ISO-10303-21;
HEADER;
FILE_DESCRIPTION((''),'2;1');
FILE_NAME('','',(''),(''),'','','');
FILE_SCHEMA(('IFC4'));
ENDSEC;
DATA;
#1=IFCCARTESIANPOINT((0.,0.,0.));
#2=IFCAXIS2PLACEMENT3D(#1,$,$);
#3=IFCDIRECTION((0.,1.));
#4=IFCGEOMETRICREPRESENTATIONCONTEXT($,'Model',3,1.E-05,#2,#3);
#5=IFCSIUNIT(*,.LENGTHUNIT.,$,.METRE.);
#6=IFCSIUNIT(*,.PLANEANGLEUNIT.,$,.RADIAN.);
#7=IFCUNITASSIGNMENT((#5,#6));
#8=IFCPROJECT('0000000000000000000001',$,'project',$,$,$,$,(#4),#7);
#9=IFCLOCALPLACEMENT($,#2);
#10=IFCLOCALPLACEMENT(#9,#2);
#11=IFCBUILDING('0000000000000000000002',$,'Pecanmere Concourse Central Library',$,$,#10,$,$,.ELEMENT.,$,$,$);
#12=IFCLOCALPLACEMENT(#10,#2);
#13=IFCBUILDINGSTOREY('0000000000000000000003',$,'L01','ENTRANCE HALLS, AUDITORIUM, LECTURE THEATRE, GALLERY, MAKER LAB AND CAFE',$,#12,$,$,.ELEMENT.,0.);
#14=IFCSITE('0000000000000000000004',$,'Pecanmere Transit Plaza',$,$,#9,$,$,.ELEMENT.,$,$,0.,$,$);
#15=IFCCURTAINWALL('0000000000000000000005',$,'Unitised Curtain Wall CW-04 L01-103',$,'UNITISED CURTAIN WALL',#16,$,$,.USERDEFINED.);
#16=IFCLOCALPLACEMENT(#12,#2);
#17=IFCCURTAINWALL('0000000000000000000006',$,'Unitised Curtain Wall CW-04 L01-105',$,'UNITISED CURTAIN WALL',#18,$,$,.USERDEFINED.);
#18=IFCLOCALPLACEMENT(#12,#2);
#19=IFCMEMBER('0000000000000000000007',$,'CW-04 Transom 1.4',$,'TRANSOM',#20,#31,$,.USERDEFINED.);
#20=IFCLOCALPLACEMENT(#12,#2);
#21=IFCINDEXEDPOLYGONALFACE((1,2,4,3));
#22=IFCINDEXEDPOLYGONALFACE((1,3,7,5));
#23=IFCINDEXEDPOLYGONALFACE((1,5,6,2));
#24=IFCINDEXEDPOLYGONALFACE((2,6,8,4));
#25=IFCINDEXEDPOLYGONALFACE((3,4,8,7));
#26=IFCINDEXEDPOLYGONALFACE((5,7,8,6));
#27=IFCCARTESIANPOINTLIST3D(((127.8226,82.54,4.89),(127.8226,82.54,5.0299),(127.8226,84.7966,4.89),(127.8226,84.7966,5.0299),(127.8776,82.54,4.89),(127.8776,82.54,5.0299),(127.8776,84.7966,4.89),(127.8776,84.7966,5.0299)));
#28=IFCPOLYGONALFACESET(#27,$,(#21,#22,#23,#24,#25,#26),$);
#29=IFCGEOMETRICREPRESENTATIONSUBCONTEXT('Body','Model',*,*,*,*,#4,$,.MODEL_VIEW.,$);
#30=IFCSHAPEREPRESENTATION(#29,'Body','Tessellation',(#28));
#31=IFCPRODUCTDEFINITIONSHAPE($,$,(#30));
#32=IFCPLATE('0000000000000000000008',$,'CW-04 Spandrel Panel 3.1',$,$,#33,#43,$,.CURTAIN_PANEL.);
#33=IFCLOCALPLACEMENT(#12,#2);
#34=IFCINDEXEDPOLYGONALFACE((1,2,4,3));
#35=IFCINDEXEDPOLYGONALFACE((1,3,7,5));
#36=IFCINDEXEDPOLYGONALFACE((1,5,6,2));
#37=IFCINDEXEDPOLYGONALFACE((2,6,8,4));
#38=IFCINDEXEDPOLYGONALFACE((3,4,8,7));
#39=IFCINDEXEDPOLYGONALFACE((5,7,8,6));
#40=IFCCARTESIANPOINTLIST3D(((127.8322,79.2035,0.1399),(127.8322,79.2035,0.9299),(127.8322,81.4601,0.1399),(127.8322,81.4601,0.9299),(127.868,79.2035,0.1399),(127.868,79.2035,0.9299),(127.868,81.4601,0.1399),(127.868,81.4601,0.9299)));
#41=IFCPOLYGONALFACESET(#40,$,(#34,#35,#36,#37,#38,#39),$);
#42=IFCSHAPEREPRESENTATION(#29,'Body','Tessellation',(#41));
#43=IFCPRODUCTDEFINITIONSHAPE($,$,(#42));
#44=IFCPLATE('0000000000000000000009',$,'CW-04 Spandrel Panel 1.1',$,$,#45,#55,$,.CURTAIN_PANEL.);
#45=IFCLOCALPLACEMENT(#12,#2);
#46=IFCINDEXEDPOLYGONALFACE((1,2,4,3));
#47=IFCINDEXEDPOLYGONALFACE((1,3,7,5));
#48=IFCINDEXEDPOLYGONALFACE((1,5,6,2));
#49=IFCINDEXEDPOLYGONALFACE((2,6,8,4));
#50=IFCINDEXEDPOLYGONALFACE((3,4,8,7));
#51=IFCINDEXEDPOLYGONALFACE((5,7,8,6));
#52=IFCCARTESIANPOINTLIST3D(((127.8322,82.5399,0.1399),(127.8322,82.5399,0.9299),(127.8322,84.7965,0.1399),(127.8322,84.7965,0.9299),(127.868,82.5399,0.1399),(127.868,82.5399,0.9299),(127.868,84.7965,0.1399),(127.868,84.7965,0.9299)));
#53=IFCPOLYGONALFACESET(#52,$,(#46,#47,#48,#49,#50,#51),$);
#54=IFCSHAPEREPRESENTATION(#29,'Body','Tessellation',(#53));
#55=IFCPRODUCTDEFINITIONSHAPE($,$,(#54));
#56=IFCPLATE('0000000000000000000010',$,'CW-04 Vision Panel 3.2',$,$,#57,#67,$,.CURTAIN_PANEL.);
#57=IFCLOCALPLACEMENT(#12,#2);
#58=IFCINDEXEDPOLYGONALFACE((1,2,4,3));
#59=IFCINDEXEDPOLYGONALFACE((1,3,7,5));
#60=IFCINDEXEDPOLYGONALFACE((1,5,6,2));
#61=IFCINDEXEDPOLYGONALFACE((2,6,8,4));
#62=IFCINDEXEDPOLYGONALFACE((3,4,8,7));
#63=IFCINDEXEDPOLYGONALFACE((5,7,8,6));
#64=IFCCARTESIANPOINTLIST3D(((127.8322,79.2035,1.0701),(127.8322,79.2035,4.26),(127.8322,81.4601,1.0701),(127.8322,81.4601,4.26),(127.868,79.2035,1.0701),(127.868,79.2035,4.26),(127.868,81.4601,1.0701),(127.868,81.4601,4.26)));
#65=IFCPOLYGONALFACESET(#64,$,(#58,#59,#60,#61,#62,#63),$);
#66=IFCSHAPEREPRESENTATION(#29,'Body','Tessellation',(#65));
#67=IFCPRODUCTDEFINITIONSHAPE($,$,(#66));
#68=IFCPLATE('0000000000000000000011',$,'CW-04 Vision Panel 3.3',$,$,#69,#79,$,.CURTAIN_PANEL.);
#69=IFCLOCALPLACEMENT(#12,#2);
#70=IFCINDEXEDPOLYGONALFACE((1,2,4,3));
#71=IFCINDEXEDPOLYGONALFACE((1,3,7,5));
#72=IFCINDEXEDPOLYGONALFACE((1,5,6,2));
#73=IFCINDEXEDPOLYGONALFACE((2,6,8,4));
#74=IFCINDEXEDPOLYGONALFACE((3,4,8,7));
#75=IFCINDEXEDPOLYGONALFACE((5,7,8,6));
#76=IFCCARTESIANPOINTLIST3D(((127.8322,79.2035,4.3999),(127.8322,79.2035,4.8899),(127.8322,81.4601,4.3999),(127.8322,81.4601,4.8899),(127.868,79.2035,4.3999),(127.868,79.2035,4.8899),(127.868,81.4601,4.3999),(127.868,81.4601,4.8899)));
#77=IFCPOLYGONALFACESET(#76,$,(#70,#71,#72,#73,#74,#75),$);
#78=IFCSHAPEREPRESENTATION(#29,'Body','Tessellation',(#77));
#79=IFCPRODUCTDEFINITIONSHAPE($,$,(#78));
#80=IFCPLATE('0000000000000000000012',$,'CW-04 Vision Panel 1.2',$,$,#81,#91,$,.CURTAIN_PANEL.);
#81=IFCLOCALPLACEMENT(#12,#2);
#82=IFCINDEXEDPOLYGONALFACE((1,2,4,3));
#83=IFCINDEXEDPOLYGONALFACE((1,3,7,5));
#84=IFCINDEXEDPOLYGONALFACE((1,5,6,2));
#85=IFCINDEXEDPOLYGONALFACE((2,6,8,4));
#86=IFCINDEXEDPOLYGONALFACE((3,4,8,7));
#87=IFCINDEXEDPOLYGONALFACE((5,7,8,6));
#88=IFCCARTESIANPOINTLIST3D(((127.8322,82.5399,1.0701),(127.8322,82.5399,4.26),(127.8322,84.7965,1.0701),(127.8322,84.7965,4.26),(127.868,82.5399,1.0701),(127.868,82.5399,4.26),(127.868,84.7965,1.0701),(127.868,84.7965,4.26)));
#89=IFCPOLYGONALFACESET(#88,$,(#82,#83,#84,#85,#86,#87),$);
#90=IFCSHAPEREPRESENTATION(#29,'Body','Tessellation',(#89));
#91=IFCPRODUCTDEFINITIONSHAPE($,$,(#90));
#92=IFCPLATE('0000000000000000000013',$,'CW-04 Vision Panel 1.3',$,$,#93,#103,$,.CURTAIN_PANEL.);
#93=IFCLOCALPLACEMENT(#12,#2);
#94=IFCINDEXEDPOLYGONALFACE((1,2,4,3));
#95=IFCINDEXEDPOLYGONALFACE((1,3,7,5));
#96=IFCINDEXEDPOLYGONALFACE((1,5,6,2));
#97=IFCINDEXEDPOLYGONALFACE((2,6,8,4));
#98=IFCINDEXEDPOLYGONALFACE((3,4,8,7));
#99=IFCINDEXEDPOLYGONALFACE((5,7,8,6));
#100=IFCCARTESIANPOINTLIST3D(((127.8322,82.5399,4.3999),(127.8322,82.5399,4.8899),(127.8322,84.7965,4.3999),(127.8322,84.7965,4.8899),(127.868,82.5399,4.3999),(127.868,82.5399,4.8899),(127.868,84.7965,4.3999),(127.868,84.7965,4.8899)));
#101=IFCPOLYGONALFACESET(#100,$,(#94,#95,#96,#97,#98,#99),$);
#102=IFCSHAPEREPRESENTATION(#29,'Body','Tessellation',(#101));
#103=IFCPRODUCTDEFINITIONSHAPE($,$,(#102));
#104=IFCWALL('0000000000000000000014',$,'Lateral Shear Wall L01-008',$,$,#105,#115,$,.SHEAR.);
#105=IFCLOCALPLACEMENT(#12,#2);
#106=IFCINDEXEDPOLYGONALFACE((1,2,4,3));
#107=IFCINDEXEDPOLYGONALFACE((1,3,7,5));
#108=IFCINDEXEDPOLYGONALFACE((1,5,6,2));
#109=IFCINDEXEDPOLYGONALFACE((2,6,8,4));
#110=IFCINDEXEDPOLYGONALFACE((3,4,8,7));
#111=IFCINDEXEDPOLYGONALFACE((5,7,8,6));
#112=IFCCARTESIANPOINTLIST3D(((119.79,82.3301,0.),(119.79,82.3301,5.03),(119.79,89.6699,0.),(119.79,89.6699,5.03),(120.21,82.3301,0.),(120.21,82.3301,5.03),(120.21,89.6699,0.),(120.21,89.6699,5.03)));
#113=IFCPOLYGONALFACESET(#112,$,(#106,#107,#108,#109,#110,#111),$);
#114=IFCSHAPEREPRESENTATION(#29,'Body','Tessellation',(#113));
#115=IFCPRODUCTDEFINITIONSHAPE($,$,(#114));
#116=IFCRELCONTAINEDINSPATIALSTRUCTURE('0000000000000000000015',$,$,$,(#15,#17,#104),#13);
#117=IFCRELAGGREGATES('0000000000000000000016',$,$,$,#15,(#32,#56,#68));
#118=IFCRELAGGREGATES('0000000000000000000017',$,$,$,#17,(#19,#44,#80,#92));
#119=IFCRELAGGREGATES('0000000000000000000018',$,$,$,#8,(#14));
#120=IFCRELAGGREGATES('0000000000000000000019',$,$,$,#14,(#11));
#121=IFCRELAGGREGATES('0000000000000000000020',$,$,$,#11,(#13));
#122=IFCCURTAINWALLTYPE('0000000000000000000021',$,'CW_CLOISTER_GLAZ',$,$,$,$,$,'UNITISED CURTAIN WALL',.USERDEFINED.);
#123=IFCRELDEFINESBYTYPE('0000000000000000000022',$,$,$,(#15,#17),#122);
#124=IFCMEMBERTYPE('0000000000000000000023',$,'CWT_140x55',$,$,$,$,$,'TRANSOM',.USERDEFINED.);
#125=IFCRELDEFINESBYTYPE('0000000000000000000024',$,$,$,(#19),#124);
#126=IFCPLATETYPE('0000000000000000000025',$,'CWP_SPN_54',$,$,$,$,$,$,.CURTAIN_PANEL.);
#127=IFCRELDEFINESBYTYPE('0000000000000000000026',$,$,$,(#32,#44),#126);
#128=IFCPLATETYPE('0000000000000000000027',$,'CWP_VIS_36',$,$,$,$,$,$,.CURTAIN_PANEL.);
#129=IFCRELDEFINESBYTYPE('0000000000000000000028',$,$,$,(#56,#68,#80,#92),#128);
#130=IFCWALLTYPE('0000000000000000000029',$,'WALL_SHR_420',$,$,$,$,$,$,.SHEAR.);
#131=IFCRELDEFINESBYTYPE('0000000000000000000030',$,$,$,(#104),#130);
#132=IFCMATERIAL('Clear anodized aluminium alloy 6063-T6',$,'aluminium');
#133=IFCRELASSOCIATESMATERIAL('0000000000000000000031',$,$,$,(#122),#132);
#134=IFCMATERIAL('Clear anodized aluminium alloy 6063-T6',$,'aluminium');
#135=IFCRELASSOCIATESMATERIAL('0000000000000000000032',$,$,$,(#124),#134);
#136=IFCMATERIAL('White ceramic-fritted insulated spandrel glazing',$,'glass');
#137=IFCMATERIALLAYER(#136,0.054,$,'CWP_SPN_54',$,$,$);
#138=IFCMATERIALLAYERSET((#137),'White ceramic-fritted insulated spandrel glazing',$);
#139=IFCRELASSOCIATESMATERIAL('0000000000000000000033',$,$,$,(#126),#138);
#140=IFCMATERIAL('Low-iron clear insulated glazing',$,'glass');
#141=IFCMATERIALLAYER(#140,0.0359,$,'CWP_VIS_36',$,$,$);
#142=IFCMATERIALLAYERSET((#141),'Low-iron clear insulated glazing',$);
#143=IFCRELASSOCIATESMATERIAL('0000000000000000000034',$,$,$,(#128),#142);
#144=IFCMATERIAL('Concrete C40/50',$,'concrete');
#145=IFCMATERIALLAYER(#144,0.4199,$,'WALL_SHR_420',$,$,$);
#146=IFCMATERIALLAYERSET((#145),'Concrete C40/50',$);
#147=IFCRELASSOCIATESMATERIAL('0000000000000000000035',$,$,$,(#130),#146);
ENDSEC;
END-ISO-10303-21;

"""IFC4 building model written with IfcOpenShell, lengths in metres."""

from ifc_helpers import new_model, si_unit, direction, frame, frame_2d, origin, origin_2d, place, context, subcontext, project, spatial, rectangle, extrude, material, layer, layer_set, material_profile, profile_set, type_object, element, aggregate, save


model = new_model("IFC4")

# Units and contexts
model_context = context("Model", 3, precision=1e-05, world=origin(), true_north=direction((0.0, 1.0)))
body_context = subcontext(model_context, "Body", "Model", "MODEL_VIEW")
ifc_project = project(units=[si_unit("LENGTHUNIT", "METRE"), si_unit("PLANEANGLEUNIT", "RADIAN")], contexts=[model_context])

# Site, building, storey
site_placement = place(None, origin())
site = spatial("IfcSite", under=ifc_project, at=site_placement, Name="Pecanmere Transit Plaza", CompositionType="ELEMENT", RefElevation=0.0)
building_placement = place(site_placement, origin())
building = spatial("IfcBuilding", under=site, at=building_placement, Name="Pecanmere Concourse Central Library", CompositionType="ELEMENT")
storey_placement = place(building_placement, origin())
storey = spatial("IfcBuildingStorey", under=building, at=storey_placement, Name="L01", Description="ENTRANCE HALLS, AUDITORIUM, LECTURE THEATRE, GALLERY, MAKER LAB AND CAFE", CompositionType="ELEMENT", Elevation=0.0)

# Curtain walls
ifc_material_1 = material(Name="Clear anodized aluminium alloy 6063-T6", Category="aluminium")
curtain_wall_type = type_object("IfcCurtainWallType", Name="CW_CLOISTER_GLAZ", ElementType="UNITISED CURTAIN WALL", PredefinedType="USERDEFINED", material=ifc_material_1)
curtain_wall_1_placement = place(storey_placement, origin())
curtain_wall_1 = element("IfcCurtainWall", 1, at=curtain_wall_1_placement, inside=storey, type_object=curtain_wall_type, Name="Unitised Curtain Wall CW-04 L01-103", ObjectType="UNITISED CURTAIN WALL", PredefinedType="USERDEFINED")
curtain_wall_2_placement = place(storey_placement, origin())
curtain_wall_2 = element("IfcCurtainWall", 2, at=curtain_wall_2_placement, inside=storey, type_object=curtain_wall_type, Name="Unitised Curtain Wall CW-04 L01-105", ObjectType="UNITISED CURTAIN WALL", PredefinedType="USERDEFINED")

# Member
ifc_material_2 = material(Name="Clear anodized aluminium alloy 6063-T6", Category="aluminium")
ifc_material_profile_1 = material_profile(ifc_material_2, rectangle(XDim=0.0549, YDim=0.1399, at=origin_2d()), Name="AL 55x140")
ifc_profile_set_1 = profile_set([ifc_material_profile_1], Name="Clear anodized aluminium alloy 6063-T6")
member_type_1 = type_object("IfcMemberType", Name="CWT_140x55", ElementType="TRANSOM", PredefinedType="USERDEFINED", material=ifc_profile_set_1)
member_1_placement = place(storey_placement, frame((127.8501, 82.54, 4.96), z_axis=(0.0, 1.0, 0.0), x_axis=(-1.0, 0.0, 0.0)))
member_1 = element("IfcMember", 3, at=member_1_placement, type_object=member_type_1, Name="CW-04 Transom 1.4", ObjectType="TRANSOM", PredefinedType="USERDEFINED", context=body_context, shape_type="SweptSolid", body=[
    extrude(rectangle(XDim=0.0549, YDim=0.1399, at=origin_2d()), origin(), (0.0, 0.0, 1.0), 2.2566),
])

# Plates
ifc_material_3 = material(Name="White ceramic-fritted insulated spandrel glazing", Category="glass")
ifc_layer_1 = layer(ifc_material_3, 0.054, Name="CWP_SPN_54")
ifc_layer_set_1 = layer_set([ifc_layer_1], Name="White ceramic-fritted insulated spandrel glazing")
plate_type_1 = type_object("IfcPlateType", Name="CWP_SPN_54", PredefinedType="CURTAIN_PANEL", material=ifc_layer_set_1)
plate_1_placement = place(storey_placement, frame((127.8501, 80.3318, 0.1399), z_axis=(0.0, 0.0, 1.0), x_axis=(0.0, 1.0, 0.0)))
plate_1 = element("IfcPlate", 4, at=plate_1_placement, type_object=plate_type_1, Name="CW-04 Spandrel Panel 3.1", PredefinedType="CURTAIN_PANEL", context=body_context, shape_type="SweptSolid", body=[
    extrude(rectangle(XDim=2.2566, YDim=0.0359, at=origin_2d()), origin(), (0.0, 0.0, 1.0), 0.79),
])
plate_2_placement = place(storey_placement, frame((127.8501, 83.6682, 0.1399), z_axis=(0.0, 0.0, 1.0), x_axis=(0.0, 1.0, 0.0)))
plate_2 = element("IfcPlate", 5, at=plate_2_placement, type_object=plate_type_1, Name="CW-04 Spandrel Panel 1.1", PredefinedType="CURTAIN_PANEL", context=body_context, shape_type="SweptSolid", body=[
    extrude(rectangle(XDim=2.2566, YDim=0.0359, at=origin_2d()), origin(), (0.0, 0.0, 1.0), 0.79),
])
ifc_material_4 = material(Name="Low-iron clear insulated glazing", Category="glass")
ifc_layer_2 = layer(ifc_material_4, 0.0359, Name="CWP_VIS_36")
ifc_layer_set_2 = layer_set([ifc_layer_2], Name="Low-iron clear insulated glazing")
plate_type_2 = type_object("IfcPlateType", Name="CWP_VIS_36", PredefinedType="CURTAIN_PANEL", material=ifc_layer_set_2)
plate_3_placement = place(storey_placement, frame((127.8501, 80.3318, 1.0701), z_axis=(0.0, 0.0, 1.0), x_axis=(0.0, 1.0, 0.0)))
plate_3 = element("IfcPlate", 6, at=plate_3_placement, type_object=plate_type_2, Name="CW-04 Vision Panel 3.2", PredefinedType="CURTAIN_PANEL", context=body_context, shape_type="SweptSolid", body=[
    extrude(rectangle(XDim=2.2566, YDim=0.0359, at=origin_2d()), origin(), (0.0, 0.0, 1.0), 3.1899),
])
plate_4_placement = place(storey_placement, frame((127.8501, 80.3318, 4.3999), z_axis=(0.0, 0.0, 1.0), x_axis=(0.0, 1.0, 0.0)))
plate_4 = element("IfcPlate", 7, at=plate_4_placement, type_object=plate_type_2, Name="CW-04 Vision Panel 3.3", PredefinedType="CURTAIN_PANEL", context=body_context, shape_type="SweptSolid", body=[
    extrude(rectangle(XDim=2.2566, YDim=0.0359, at=origin_2d()), origin(), (0.0, 0.0, 1.0), 0.49),
])
aggregate(curtain_wall_1, [plate_1, plate_3, plate_4])
plate_5_placement = place(storey_placement, frame((127.8501, 83.6682, 1.0701), z_axis=(0.0, 0.0, 1.0), x_axis=(0.0, 1.0, 0.0)))
plate_5 = element("IfcPlate", 8, at=plate_5_placement, type_object=plate_type_2, Name="CW-04 Vision Panel 1.2", PredefinedType="CURTAIN_PANEL", context=body_context, shape_type="SweptSolid", body=[
    extrude(rectangle(XDim=2.2566, YDim=0.0359, at=origin_2d()), origin(), (0.0, 0.0, 1.0), 3.1899),
])
plate_6_placement = place(storey_placement, frame((127.8501, 83.6682, 4.3999), z_axis=(0.0, 0.0, 1.0), x_axis=(0.0, 1.0, 0.0)))
plate_6 = element("IfcPlate", 9, at=plate_6_placement, type_object=plate_type_2, Name="CW-04 Vision Panel 1.3", PredefinedType="CURTAIN_PANEL", context=body_context, shape_type="SweptSolid", body=[
    extrude(rectangle(XDim=2.2566, YDim=0.0359, at=origin_2d()), origin(), (0.0, 0.0, 1.0), 0.49),
])
aggregate(curtain_wall_2, [member_1, plate_2, plate_5, plate_6])

# Wall
ifc_material_5 = material(Name="Concrete C40/50", Category="concrete")
ifc_layer_3 = layer(ifc_material_5, 0.4199, Name="WALL_SHR_420")
ifc_layer_set_3 = layer_set([ifc_layer_3], Name="Concrete C40/50")
wall_type = type_object("IfcWallType", Name="WALL_SHR_420", PredefinedType="SHEAR", material=ifc_layer_set_3)
wall_placement = place(storey_placement, frame((120.0, 82.3301, 0.0), z_axis=(0.0, 0.0, 1.0), x_axis=(0.0, 1.0, 0.0)))
element("IfcWall", 10, at=wall_placement, inside=storey, type_object=wall_type, Name="Lateral Shear Wall L01-008", PredefinedType="SHEAR", context=body_context, shape_type="SweptSolid", body=[
    extrude(rectangle(XDim=7.3398, YDim=0.4199, at=frame_2d((3.6699, 0.0))), origin(), (0.0, 0.0, 1.0), 5.03),
])

save(model, "model.ifc")
